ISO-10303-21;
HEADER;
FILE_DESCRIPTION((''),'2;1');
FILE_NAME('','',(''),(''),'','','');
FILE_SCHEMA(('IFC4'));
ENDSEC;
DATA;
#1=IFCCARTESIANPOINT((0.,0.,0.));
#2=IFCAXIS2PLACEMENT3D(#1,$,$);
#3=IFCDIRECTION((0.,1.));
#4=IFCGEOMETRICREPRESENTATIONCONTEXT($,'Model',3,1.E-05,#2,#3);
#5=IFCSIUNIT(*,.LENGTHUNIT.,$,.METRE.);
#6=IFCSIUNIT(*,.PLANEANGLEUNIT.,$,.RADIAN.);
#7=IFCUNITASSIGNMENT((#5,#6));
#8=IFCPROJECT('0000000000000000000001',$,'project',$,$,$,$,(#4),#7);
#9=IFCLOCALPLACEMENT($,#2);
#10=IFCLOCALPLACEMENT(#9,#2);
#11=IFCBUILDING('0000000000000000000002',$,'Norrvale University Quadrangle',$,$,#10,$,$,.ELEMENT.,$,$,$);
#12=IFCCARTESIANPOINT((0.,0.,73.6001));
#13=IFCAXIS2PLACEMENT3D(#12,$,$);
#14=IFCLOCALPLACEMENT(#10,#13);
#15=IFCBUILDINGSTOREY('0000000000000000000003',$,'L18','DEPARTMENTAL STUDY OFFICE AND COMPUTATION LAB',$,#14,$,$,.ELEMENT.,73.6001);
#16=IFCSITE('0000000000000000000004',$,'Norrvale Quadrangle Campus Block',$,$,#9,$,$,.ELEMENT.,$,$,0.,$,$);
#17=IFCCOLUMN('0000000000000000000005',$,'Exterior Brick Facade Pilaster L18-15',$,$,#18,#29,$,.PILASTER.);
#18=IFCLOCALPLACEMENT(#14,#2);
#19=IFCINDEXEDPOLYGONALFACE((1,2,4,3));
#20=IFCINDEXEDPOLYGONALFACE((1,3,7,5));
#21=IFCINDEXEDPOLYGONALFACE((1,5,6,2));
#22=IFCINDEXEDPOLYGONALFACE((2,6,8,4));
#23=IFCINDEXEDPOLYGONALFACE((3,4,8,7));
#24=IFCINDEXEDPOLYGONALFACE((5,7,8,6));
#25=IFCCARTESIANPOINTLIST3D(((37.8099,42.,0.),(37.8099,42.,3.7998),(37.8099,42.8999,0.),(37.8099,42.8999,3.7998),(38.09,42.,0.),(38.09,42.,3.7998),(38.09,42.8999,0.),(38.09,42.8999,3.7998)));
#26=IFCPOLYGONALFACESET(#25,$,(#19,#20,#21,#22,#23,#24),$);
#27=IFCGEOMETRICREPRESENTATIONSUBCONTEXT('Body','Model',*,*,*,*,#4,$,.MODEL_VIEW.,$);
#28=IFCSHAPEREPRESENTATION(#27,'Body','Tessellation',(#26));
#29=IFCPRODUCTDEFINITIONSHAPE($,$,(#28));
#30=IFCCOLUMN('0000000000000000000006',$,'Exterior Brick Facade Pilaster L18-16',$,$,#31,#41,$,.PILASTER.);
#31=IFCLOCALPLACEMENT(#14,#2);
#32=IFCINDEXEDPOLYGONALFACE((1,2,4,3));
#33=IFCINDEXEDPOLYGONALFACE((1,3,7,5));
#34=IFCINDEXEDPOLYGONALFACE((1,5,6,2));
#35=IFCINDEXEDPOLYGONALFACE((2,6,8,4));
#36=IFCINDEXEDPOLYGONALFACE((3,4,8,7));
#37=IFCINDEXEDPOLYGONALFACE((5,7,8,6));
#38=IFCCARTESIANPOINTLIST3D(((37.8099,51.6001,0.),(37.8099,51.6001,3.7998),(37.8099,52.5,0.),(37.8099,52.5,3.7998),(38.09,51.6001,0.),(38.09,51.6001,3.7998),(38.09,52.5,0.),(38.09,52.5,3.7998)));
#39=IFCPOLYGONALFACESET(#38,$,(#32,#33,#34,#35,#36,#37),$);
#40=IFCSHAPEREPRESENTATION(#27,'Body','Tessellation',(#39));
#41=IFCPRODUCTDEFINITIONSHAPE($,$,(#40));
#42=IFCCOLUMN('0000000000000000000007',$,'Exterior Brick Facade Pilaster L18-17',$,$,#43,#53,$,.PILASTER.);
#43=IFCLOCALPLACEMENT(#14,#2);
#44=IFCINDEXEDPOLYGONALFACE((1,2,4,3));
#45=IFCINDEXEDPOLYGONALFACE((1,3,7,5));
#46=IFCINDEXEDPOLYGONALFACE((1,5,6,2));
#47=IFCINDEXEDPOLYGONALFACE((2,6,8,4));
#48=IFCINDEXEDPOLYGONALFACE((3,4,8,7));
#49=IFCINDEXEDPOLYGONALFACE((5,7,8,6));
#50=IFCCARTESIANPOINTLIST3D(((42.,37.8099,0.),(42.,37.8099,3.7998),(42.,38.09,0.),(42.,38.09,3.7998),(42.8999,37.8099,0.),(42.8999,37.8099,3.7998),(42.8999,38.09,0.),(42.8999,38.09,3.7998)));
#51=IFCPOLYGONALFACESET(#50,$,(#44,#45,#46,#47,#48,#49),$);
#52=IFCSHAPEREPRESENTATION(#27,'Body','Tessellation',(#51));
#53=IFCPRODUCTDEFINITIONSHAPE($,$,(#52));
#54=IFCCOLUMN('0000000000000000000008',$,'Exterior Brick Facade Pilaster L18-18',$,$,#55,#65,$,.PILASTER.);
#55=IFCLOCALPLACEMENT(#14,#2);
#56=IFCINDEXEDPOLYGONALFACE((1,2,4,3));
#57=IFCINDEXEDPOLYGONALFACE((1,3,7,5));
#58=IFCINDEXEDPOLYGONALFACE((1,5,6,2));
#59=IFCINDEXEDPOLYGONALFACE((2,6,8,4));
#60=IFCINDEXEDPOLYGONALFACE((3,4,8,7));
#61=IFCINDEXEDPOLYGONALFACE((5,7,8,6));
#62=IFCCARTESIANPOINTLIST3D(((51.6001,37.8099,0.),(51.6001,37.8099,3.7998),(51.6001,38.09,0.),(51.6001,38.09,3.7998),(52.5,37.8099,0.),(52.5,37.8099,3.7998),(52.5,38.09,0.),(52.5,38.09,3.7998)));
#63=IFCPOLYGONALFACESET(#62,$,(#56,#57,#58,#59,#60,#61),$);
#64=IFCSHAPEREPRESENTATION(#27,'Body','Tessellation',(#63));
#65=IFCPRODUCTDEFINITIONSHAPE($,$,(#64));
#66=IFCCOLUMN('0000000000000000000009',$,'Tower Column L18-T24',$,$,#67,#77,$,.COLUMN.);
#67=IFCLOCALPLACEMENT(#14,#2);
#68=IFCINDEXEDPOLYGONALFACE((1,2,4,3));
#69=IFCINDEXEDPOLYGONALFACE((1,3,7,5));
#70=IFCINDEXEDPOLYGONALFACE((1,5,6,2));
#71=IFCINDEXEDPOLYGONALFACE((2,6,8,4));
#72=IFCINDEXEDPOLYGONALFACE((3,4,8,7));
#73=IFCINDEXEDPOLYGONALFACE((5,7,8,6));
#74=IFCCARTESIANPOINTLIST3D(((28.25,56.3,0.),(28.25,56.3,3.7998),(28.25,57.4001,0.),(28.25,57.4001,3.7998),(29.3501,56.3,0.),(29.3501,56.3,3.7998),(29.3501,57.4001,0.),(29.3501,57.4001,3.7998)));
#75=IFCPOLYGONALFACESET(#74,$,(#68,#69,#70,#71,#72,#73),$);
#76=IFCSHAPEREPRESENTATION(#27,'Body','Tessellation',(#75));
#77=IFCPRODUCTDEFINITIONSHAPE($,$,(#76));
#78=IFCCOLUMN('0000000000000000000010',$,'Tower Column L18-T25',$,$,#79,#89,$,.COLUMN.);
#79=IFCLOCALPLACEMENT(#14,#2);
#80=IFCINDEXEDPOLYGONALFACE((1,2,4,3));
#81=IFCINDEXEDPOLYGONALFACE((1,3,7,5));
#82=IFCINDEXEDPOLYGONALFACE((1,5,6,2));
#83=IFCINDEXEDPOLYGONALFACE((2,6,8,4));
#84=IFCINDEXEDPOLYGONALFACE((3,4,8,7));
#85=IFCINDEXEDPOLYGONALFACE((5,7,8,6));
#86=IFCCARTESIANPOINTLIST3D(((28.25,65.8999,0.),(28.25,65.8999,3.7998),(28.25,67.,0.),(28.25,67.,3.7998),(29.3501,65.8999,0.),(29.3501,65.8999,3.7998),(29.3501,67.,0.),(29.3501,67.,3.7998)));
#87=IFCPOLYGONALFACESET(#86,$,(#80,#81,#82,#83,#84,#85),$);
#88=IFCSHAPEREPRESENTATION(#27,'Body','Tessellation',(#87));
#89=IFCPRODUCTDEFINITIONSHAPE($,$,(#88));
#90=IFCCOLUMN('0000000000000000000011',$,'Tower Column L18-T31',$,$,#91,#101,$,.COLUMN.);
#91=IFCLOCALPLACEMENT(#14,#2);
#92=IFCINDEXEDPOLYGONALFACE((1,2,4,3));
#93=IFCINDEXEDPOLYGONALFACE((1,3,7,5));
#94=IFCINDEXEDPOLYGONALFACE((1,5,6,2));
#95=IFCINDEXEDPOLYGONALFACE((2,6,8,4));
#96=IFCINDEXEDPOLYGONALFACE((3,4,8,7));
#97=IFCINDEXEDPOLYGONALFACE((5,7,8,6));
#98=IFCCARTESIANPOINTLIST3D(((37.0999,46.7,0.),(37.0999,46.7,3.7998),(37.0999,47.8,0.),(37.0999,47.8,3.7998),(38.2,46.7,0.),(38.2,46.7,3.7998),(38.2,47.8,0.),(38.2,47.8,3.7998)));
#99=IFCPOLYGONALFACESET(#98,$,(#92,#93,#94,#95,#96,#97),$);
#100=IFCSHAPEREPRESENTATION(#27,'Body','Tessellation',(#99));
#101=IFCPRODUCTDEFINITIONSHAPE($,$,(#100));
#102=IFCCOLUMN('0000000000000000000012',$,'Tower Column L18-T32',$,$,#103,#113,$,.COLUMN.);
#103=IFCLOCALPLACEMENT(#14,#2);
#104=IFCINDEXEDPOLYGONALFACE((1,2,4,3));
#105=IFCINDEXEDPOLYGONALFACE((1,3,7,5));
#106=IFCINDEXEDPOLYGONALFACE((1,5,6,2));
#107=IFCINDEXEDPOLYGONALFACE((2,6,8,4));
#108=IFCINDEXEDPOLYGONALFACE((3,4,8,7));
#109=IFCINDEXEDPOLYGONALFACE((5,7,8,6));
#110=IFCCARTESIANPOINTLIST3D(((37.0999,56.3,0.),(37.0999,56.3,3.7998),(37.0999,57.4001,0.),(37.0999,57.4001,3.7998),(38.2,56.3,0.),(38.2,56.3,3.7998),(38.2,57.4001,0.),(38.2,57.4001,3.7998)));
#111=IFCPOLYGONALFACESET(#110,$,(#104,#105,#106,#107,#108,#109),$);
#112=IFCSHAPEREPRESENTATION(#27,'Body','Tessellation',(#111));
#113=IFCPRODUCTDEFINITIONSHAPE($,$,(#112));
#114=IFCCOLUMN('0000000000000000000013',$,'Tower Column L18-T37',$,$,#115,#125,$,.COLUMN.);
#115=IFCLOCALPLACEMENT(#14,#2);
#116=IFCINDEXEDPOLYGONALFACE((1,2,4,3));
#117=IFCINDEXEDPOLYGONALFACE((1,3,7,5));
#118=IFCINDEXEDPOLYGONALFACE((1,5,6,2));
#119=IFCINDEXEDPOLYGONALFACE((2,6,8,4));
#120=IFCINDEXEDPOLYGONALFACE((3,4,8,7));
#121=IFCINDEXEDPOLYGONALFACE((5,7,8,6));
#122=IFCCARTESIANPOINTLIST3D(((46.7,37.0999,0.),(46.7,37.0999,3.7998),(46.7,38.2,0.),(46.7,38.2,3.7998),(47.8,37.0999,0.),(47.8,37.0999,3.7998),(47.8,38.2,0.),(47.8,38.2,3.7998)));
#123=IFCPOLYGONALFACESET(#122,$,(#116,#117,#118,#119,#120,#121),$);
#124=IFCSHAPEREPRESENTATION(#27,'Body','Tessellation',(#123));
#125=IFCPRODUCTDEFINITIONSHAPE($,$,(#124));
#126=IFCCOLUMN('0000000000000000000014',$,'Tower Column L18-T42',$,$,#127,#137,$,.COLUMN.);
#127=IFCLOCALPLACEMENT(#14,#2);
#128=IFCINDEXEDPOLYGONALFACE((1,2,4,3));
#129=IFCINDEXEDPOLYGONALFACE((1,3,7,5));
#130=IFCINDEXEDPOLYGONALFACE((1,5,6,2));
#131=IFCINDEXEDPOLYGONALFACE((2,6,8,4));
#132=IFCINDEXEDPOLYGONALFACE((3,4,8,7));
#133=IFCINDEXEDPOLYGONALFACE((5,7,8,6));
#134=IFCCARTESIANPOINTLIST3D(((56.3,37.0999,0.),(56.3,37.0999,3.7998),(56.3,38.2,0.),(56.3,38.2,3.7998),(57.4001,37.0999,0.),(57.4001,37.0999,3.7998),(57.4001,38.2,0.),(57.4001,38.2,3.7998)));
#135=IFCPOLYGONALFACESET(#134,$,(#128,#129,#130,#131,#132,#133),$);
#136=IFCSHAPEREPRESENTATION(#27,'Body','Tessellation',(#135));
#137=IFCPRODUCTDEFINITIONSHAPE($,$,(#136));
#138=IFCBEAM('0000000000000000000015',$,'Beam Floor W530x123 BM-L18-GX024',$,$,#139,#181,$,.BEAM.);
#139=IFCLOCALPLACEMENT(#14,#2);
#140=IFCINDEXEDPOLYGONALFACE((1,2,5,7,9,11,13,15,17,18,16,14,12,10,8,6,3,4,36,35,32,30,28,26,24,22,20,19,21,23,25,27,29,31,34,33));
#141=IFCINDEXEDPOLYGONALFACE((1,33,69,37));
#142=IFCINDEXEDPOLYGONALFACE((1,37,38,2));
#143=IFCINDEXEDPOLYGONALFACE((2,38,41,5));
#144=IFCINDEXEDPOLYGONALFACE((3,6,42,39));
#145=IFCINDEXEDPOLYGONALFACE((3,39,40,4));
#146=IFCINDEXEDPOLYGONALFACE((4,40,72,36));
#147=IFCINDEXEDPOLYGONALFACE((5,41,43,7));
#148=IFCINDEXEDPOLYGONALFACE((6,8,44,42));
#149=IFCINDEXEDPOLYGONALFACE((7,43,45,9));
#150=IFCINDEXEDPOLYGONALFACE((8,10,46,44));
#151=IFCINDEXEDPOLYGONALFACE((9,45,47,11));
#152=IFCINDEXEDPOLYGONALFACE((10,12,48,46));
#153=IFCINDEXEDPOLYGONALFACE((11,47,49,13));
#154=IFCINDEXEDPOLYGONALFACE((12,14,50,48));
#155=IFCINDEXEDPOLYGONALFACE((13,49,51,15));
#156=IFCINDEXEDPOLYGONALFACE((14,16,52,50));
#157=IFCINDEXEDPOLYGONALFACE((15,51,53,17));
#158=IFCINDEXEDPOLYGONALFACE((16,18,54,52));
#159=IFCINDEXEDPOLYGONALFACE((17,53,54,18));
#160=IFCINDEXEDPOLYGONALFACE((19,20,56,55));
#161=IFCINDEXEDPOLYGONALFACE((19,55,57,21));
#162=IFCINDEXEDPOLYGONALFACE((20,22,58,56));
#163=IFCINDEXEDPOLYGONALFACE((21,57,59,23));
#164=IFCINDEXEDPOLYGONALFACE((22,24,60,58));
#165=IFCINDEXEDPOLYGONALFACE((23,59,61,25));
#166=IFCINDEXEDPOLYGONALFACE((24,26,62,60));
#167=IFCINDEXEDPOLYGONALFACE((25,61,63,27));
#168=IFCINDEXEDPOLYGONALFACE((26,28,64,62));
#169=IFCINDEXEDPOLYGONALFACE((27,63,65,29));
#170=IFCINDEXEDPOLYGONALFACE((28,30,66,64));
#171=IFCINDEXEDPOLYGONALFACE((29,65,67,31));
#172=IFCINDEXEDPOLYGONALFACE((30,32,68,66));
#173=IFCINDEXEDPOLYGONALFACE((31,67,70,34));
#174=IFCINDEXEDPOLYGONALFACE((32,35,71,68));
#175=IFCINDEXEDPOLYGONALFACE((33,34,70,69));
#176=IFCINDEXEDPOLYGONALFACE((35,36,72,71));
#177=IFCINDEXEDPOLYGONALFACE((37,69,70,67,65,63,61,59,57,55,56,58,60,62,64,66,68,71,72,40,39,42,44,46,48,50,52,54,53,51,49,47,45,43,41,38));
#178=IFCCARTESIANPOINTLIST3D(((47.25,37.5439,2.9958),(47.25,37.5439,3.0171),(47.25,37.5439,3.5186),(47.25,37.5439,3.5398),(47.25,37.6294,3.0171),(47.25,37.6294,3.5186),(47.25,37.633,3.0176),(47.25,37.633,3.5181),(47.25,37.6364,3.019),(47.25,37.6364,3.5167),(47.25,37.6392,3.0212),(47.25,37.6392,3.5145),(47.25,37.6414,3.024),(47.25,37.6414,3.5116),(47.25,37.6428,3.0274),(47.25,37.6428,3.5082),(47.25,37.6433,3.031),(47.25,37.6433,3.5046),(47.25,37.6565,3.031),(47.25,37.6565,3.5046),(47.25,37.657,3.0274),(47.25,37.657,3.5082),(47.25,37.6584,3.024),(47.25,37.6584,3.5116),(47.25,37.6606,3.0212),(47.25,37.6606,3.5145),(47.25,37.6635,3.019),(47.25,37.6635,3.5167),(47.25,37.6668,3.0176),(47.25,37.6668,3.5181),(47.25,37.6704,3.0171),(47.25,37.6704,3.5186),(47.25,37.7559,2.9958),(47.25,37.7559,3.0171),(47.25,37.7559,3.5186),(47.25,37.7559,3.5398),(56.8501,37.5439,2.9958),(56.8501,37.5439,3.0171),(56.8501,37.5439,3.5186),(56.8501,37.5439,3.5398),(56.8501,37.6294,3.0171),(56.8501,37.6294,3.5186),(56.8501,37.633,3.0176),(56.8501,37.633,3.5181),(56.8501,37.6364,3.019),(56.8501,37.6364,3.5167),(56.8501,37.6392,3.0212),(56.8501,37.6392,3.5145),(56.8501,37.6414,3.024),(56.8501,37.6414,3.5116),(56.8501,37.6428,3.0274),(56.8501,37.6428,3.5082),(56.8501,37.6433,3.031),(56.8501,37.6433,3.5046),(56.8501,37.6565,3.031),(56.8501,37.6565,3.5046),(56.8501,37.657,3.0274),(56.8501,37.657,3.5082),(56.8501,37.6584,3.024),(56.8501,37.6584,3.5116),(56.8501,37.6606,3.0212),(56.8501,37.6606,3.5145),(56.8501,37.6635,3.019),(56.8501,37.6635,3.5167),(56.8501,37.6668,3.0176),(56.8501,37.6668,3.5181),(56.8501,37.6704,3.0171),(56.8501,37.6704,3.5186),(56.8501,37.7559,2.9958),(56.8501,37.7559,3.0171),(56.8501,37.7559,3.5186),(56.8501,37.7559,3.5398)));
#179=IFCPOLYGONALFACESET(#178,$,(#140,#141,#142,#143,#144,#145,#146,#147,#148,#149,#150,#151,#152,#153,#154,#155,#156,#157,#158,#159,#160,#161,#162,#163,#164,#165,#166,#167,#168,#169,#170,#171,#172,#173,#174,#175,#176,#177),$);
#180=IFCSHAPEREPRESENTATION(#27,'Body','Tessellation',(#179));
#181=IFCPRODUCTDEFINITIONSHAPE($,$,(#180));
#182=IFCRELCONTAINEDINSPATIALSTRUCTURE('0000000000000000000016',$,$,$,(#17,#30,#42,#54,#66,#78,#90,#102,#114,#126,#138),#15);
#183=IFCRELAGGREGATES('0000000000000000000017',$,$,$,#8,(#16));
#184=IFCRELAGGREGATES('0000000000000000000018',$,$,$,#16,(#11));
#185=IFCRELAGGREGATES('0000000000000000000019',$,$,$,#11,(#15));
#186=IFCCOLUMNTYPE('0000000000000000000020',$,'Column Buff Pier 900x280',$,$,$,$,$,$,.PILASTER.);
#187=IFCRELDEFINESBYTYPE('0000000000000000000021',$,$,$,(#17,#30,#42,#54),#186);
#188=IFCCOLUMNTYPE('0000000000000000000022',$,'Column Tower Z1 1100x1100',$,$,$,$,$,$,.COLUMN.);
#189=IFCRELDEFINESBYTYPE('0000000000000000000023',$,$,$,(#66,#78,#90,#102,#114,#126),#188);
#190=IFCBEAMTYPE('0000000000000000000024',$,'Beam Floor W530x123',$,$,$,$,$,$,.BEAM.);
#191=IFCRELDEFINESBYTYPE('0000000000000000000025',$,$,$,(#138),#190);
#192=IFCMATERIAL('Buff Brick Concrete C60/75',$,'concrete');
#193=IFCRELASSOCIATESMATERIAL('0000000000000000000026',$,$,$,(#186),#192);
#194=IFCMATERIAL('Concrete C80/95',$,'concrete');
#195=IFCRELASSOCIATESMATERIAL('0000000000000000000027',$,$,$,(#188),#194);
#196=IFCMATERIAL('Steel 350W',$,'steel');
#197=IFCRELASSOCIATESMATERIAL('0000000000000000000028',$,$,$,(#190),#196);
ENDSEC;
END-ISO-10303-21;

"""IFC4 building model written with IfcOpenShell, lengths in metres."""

from ifc_helpers import new_model, si_unit, direction, frame, origin, origin_2d, place, context, subcontext, project, spatial, rectangle, i_section, extrude, material, material_profile, profile_set, type_object, element, save


model = new_model("IFC4")

# Units and contexts
model_context = context("Model", 3, precision=1e-05, world=origin(), true_north=direction((0.0, 1.0)))
body_context = subcontext(model_context, "Body", "Model", "MODEL_VIEW")
ifc_project = project(units=[si_unit("LENGTHUNIT", "METRE"), si_unit("PLANEANGLEUNIT", "RADIAN")], contexts=[model_context])

# Site, building, storey
site_placement = place(None, origin())
site = spatial("IfcSite", under=ifc_project, at=site_placement, Name="Norrvale Quadrangle Campus Block", CompositionType="ELEMENT", RefElevation=0.0)
building_placement = place(site_placement, origin())
building = spatial("IfcBuilding", under=site, at=building_placement, Name="Norrvale University Quadrangle", CompositionType="ELEMENT")
storey_placement = place(building_placement, frame((0.0, 0.0, 73.6001)))
storey = spatial("IfcBuildingStorey", under=building, at=storey_placement, Name="L18", Description="DEPARTMENTAL STUDY OFFICE AND COMPUTATION LAB", CompositionType="ELEMENT", Elevation=73.6001)

# Columns
ifc_material_1 = material(Name="Buff Brick Concrete C60/75", Category="concrete")
ifc_material_profile_1 = material_profile(ifc_material_1, rectangle(XDim=0.8999, YDim=0.28, at=origin_2d()), Name="Buff Brick Concrete C60/75")
ifc_profile_set_1 = profile_set([ifc_material_profile_1], Name="Buff Brick Concrete C60/75")
column_type_1 = type_object("IfcColumnType", Name="Column Buff Pier 900x280", PredefinedType="PILASTER", material=ifc_profile_set_1)
for number, where, z_axis, x_axis, name in (
    (1, (37.95, 42.45, 0.0), (0.0, 0.0, 1.0), (0.0, 1.0, 0.0), "Exterior Brick Facade Pilaster L18-15"),
    (2, (37.95, 52.05, 0.0), (0.0, 0.0, 1.0), (0.0, 1.0, 0.0), "Exterior Brick Facade Pilaster L18-16"),
    (3, (42.45, 37.95, 0.0), (0.0, 0.0, 1.0), (1.0, 0.0, 0.0), "Exterior Brick Facade Pilaster L18-17"),
    (4, (52.05, 37.95, 0.0), (0.0, 0.0, 1.0), (1.0, 0.0, 0.0), "Exterior Brick Facade Pilaster L18-18"),
):
    element("IfcColumn", number, at=place(storey_placement, frame(where, z_axis=z_axis, x_axis=x_axis)), inside=storey, type_object=column_type_1, Name=name, PredefinedType="PILASTER", context=body_context, shape_type="SweptSolid", body=[
        extrude(rectangle(XDim=0.8999, YDim=0.28, at=origin_2d()), origin(), (0.0, 0.0, 1.0), 3.7998),
    ])
ifc_material_2 = material(Name="Concrete C80/95", Category="concrete")
ifc_material_profile_2 = material_profile(ifc_material_2, rectangle(XDim=1.1001, YDim=1.1001, at=origin_2d()), Name="Concrete C80/95")
ifc_profile_set_2 = profile_set([ifc_material_profile_2], Name="Concrete C80/95")
column_type_2 = type_object("IfcColumnType", Name="Column Tower Z1 1100x1100", PredefinedType="COLUMN", material=ifc_profile_set_2)
for number, where, z_axis, x_axis, name in (
    (5, (28.8, 56.8501, 0.0), (0.0, 0.0, 1.0), (1.0, 0.0, 0.0), "Tower Column L18-T24"),
    (6, (28.8, 66.45, 0.0), (0.0, 0.0, 1.0), (1.0, 0.0, 0.0), "Tower Column L18-T25"),
    (7, (37.6499, 47.25, 0.0), (0.0, 0.0, 1.0), (1.0, 0.0, 0.0), "Tower Column L18-T31"),
    (8, (37.6499, 56.8501, 0.0), (0.0, 0.0, 1.0), (1.0, 0.0, 0.0), "Tower Column L18-T32"),
    (9, (47.25, 37.6499, 0.0), (0.0, 0.0, 1.0), (1.0, 0.0, 0.0), "Tower Column L18-T37"),
    (10, (56.8501, 37.6499, 0.0), (0.0, 0.0, 1.0), (1.0, 0.0, 0.0), "Tower Column L18-T42"),
):
    element("IfcColumn", number, at=place(storey_placement, frame(where, z_axis=z_axis, x_axis=x_axis)), inside=storey, type_object=column_type_2, Name=name, PredefinedType="COLUMN", context=body_context, shape_type="SweptSolid", body=[
        extrude(rectangle(XDim=1.1001, YDim=1.1001, at=origin_2d()), origin(), (0.0, 0.0, 1.0), 3.7998),
    ])

# Beam
ifc_material_3 = material(Name="Steel 350W", Category="steel")
ifc_material_profile_3 = material_profile(ifc_material_3, i_section(OverallWidth=0.2119, OverallDepth=0.5439, WebThickness=0.0132, FlangeThickness=0.0212, FilletRadius=0.0139, at=origin_2d()), Name="Steel 350W")
ifc_profile_set_3 = profile_set([ifc_material_profile_3], Name="Steel 350W")
beam_type_1 = type_object("IfcBeamType", Name="Beam Floor W530x123", PredefinedType="BEAM", material=ifc_profile_set_3)
beam_1_placement = place(storey_placement, frame((47.25, 37.6499, 3.2678), z_axis=(1.0, 0.0, 0.0), x_axis=(0.0, 1.0, 0.0)))
element("IfcBeam", 11, at=beam_1_placement, inside=storey, type_object=beam_type_1, Name="Beam Floor W530x123 BM-L18-GX024", PredefinedType="BEAM", context=body_context, shape_type="SweptSolid", body=[
    extrude(i_section(OverallWidth=0.2119, OverallDepth=0.5439, WebThickness=0.0132, FlangeThickness=0.0212, FilletRadius=0.0139, at=origin_2d()), origin(), (0.0, 0.0, 1.0), 9.6001),
])

save(model, "model.ifc")
